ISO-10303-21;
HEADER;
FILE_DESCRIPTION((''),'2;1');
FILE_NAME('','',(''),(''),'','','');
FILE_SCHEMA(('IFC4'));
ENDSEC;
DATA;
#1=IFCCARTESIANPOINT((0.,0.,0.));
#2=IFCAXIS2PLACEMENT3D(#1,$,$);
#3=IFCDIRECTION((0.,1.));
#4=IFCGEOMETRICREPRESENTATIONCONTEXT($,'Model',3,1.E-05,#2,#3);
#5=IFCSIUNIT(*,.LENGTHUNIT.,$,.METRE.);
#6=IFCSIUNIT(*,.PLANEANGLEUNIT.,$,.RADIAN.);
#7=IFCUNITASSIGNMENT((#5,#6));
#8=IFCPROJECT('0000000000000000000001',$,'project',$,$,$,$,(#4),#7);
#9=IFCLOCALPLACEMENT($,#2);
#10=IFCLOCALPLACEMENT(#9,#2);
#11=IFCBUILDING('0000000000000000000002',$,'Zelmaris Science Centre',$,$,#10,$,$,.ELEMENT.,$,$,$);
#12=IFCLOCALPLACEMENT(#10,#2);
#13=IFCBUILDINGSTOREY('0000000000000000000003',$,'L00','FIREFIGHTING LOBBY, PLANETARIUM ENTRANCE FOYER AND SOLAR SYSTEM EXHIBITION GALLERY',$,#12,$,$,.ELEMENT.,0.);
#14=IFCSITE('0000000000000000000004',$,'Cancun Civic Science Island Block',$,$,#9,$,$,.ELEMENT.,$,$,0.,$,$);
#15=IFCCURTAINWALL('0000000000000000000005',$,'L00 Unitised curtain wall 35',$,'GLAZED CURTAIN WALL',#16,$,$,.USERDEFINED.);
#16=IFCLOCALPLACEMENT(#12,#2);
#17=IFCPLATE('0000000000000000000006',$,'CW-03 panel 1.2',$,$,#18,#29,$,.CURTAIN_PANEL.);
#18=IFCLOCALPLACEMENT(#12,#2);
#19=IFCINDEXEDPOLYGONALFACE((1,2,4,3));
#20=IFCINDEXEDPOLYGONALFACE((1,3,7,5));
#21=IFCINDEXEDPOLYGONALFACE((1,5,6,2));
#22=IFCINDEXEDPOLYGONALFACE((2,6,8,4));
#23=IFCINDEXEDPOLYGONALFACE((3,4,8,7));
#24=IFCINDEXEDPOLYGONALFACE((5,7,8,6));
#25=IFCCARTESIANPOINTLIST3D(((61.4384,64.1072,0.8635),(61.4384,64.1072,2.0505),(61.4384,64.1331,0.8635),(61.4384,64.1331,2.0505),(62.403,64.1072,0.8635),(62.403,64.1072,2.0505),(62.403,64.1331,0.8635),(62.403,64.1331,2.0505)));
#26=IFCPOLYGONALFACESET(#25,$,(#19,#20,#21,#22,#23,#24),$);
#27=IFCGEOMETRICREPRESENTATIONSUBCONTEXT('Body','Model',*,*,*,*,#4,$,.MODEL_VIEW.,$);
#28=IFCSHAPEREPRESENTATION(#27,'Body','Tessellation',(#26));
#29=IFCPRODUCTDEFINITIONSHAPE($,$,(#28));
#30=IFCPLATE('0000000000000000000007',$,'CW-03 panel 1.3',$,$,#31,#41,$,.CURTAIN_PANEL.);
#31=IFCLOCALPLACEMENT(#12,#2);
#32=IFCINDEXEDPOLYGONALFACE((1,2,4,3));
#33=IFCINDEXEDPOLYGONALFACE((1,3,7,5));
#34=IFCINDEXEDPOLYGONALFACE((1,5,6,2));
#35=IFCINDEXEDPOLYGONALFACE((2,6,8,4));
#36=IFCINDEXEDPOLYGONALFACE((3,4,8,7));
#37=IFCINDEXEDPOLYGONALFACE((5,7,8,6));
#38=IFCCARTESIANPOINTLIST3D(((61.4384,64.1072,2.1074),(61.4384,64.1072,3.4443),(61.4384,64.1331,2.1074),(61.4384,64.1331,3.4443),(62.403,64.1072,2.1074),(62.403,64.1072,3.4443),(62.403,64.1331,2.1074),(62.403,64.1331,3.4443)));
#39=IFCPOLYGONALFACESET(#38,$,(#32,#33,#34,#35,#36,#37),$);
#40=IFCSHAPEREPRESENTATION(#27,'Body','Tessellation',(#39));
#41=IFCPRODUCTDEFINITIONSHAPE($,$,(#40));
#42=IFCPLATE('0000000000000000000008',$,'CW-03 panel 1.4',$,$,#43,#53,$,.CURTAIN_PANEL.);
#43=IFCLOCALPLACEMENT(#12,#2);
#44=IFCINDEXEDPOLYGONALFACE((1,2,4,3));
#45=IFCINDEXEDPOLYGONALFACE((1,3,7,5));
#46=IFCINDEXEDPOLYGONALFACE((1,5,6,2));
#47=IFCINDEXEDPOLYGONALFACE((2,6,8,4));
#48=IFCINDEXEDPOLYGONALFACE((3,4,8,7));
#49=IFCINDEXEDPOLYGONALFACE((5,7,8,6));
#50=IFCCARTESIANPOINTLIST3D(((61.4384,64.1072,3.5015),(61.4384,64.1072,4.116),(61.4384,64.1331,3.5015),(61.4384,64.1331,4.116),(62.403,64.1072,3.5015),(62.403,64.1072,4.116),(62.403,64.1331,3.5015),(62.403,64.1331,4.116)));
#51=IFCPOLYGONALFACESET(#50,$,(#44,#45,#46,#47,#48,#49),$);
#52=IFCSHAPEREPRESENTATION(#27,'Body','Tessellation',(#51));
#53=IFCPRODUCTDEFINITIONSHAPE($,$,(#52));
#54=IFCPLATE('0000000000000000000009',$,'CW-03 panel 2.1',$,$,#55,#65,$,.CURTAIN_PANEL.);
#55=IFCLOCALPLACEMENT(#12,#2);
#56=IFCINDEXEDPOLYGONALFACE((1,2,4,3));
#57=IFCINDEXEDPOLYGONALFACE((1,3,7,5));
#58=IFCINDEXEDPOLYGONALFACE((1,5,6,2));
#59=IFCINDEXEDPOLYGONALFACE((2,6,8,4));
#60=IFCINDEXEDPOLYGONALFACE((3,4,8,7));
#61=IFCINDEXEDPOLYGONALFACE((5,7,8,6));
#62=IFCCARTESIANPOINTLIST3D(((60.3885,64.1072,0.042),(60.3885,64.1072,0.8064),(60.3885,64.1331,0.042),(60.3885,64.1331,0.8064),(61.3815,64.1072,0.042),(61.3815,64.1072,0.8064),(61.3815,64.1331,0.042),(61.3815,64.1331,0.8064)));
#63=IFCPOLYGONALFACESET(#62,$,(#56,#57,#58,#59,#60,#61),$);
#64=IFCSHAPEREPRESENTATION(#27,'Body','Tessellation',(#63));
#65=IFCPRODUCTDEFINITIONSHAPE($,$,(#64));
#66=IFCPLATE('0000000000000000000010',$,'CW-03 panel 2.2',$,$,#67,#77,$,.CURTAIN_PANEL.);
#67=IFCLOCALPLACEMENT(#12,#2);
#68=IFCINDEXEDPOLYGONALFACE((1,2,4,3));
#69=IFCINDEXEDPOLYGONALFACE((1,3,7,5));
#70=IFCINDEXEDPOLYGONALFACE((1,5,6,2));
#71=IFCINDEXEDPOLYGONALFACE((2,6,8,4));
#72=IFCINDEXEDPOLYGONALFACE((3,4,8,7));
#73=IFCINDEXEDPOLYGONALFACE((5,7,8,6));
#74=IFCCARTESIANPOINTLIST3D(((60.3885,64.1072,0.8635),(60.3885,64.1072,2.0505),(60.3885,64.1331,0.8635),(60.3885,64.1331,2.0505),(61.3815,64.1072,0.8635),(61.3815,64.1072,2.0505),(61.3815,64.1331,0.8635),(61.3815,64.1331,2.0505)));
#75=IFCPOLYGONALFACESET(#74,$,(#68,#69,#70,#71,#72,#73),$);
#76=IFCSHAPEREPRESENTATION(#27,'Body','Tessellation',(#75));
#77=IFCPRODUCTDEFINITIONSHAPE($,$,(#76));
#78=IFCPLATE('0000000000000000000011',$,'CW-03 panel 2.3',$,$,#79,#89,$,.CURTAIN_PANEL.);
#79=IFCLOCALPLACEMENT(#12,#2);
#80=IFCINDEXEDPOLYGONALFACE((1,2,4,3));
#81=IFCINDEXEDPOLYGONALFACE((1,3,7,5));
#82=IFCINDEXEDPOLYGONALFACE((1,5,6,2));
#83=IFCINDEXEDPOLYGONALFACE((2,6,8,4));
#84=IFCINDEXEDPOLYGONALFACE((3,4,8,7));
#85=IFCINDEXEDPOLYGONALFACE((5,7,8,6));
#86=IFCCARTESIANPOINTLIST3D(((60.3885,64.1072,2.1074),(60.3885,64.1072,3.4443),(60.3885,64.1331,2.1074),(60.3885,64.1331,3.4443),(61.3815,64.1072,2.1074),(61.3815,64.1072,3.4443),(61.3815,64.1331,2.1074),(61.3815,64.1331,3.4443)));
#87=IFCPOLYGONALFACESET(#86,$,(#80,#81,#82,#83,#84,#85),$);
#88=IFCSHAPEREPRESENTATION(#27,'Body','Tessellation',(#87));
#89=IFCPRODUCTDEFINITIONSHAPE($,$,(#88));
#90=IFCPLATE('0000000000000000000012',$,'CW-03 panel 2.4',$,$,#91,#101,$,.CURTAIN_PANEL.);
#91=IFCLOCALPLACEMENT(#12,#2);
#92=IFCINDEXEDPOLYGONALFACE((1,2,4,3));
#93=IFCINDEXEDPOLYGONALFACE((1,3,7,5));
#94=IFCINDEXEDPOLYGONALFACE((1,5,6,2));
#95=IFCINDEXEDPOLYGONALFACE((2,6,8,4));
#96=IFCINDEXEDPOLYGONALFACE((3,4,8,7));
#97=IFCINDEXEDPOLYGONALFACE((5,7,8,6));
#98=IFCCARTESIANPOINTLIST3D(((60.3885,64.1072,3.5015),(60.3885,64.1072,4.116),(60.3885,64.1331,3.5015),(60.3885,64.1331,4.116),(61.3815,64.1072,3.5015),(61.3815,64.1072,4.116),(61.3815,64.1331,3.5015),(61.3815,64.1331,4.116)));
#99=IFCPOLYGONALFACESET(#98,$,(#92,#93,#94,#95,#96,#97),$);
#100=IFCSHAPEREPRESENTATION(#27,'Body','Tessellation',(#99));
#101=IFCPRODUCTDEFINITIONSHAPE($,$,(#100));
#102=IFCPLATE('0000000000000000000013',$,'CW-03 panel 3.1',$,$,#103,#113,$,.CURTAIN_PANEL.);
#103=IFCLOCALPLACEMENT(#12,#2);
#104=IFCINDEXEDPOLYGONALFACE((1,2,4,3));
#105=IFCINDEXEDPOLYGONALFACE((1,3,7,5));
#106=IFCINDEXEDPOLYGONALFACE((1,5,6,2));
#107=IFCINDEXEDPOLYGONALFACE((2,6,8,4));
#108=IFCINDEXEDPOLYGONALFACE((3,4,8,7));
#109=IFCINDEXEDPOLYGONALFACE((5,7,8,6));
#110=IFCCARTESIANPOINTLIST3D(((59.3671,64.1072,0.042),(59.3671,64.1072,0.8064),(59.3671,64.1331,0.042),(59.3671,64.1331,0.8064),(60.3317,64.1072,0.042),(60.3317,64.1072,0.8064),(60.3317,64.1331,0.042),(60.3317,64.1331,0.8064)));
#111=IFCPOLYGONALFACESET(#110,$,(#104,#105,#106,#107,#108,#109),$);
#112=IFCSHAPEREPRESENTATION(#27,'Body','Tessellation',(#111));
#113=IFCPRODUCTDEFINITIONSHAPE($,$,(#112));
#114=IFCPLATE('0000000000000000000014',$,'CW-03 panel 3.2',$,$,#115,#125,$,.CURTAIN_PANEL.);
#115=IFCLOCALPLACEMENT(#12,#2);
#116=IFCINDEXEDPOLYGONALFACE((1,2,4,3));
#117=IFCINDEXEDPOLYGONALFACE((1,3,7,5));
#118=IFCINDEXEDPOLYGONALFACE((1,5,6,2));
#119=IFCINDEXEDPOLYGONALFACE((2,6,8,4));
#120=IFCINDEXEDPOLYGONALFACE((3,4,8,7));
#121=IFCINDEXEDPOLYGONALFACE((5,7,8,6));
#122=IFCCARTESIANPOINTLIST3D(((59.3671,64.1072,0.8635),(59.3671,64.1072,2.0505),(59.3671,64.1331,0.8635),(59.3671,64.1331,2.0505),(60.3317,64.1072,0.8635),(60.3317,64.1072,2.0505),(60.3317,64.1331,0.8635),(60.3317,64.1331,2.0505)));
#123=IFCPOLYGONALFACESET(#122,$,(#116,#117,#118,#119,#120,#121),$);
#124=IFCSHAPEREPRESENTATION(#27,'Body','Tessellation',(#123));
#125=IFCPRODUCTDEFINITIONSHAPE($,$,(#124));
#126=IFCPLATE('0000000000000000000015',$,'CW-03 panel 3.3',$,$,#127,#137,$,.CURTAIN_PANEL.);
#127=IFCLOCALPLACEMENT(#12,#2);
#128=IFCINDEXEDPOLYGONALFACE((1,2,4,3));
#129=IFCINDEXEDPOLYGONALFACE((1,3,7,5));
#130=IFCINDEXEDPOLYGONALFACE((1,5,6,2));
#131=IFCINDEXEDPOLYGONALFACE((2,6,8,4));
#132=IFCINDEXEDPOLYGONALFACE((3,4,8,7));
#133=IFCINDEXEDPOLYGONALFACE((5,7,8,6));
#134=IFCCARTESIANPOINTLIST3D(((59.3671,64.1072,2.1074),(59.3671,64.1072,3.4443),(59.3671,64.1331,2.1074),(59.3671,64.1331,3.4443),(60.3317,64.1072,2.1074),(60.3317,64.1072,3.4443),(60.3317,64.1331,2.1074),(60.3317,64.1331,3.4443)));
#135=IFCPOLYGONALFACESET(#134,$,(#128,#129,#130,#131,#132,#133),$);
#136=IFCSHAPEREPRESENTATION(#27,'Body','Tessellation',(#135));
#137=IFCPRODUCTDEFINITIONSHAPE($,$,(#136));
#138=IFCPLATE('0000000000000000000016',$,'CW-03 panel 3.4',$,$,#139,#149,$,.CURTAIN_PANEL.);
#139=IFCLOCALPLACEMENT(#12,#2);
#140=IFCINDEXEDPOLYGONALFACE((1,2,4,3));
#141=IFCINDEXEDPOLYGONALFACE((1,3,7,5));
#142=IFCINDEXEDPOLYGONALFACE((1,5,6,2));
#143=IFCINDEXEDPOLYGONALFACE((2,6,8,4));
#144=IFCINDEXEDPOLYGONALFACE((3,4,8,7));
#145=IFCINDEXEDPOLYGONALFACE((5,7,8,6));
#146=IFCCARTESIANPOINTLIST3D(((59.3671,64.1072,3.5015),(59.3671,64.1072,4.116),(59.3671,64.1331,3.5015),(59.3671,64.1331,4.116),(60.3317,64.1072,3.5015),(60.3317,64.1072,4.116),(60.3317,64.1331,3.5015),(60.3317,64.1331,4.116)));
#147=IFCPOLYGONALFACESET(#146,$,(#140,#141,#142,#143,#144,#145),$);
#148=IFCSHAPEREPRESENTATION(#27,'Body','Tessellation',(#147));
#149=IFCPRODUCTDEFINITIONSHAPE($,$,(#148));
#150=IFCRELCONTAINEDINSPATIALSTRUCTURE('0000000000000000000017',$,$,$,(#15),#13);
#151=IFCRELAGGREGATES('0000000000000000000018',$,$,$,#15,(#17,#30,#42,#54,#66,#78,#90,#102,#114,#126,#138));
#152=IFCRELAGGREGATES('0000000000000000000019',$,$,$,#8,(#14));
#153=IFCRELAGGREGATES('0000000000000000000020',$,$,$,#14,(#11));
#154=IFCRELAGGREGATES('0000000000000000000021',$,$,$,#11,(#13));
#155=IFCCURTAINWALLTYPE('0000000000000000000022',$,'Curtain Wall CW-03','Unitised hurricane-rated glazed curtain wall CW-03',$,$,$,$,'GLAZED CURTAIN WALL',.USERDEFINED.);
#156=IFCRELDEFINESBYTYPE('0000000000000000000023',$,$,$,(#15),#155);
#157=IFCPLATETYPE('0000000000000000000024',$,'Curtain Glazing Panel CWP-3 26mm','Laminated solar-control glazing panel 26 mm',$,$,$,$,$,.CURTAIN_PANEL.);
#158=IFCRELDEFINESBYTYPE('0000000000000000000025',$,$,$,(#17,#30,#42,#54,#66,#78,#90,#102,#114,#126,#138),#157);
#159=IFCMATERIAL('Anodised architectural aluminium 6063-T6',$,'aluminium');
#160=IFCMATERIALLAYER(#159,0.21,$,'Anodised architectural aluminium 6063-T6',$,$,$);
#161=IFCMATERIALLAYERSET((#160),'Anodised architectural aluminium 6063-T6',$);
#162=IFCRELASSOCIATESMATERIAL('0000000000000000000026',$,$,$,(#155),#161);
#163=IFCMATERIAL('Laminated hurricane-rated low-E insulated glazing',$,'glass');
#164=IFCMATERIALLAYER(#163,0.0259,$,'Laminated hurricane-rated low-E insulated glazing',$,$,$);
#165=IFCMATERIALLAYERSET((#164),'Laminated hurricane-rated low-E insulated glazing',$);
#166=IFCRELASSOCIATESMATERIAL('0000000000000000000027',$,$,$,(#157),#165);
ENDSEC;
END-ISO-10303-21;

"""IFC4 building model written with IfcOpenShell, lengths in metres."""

from ifc_helpers import new_model, si_unit, direction, frame, origin, origin_2d, place, context, subcontext, project, spatial, rectangle, extrude, material, layer, layer_set, type_object, element, aggregate, save


model = new_model("IFC4")

# Units and contexts
model_context = context("Model", 3, precision=1e-05, world=origin(), true_north=direction((0.0, 1.0)))
body_context = subcontext(model_context, "Body", "Model", "MODEL_VIEW")
ifc_project = project(units=[si_unit("LENGTHUNIT", "METRE"), si_unit("PLANEANGLEUNIT", "RADIAN")], contexts=[model_context])

# Site, building, storey
site_placement = place(None, origin())
site = spatial("IfcSite", under=ifc_project, at=site_placement, Name="Cancun Civic Science Island Block", CompositionType="ELEMENT", RefElevation=0.0)
building_placement = place(site_placement, origin())
building = spatial("IfcBuilding", under=site, at=building_placement, Name="Zelmaris Science Centre", CompositionType="ELEMENT")
storey_placement = place(building_placement, origin())
storey = spatial("IfcBuildingStorey", under=building, at=storey_placement, Name="L00", Description="FIREFIGHTING LOBBY, PLANETARIUM ENTRANCE FOYER AND SOLAR SYSTEM EXHIBITION GALLERY", CompositionType="ELEMENT", Elevation=0.0)

# Curtain wall
ifc_material_1 = material(Name="Anodised architectural aluminium 6063-T6", Category="aluminium")
ifc_layer_1 = layer(ifc_material_1, 0.21, Name="Anodised architectural aluminium 6063-T6")
ifc_layer_set_1 = layer_set([ifc_layer_1], Name="Anodised architectural aluminium 6063-T6")
curtain_wall_type_1 = type_object("IfcCurtainWallType", Name="Curtain Wall CW-03", Description="Unitised hurricane-rated glazed curtain wall CW-03", ElementType="GLAZED CURTAIN WALL", PredefinedType="USERDEFINED", material=ifc_layer_set_1)
curtain_wall_1_placement = place(storey_placement, origin())
curtain_wall_1 = element("IfcCurtainWall", 1, at=curtain_wall_1_placement, inside=storey, type_object=curtain_wall_type_1, Name="L00 Unitised curtain wall 35", ObjectType="GLAZED CURTAIN WALL", PredefinedType="USERDEFINED")

# Plates
ifc_material_2 = material(Name="Laminated hurricane-rated low-E insulated glazing", Category="glass")
ifc_layer_2 = layer(ifc_material_2, 0.0259, Name="Laminated hurricane-rated low-E insulated glazing")
ifc_layer_set_2 = layer_set([ifc_layer_2], Name="Laminated hurricane-rated low-E insulated glazing")
plate_type_1 = type_object("IfcPlateType", Name="Curtain Glazing Panel CWP-3 26mm", Description="Laminated solar-control glazing panel 26 mm", PredefinedType="CURTAIN_PANEL", material=ifc_layer_set_2)
plate_1_placement = place(storey_placement, frame((61.9207, 64.1201, 0.8635), z_axis=(0.0, 0.0, 1.0), x_axis=(-1.0, 0.0, 0.0)))
plate_1 = element("IfcPlate", 2, at=plate_1_placement, type_object=plate_type_1, Name="CW-03 panel 1.2", PredefinedType="CURTAIN_PANEL", context=body_context, shape_type="SweptSolid", body=[
    extrude(rectangle(XDim=0.9646, YDim=0.0259, at=origin_2d()), origin(), (0.0, 0.0, 1.0), 1.187),
])
plate_2_placement = place(storey_placement, frame((61.9207, 64.1201, 2.1074), z_axis=(0.0, 0.0, 1.0), x_axis=(-1.0, 0.0, 0.0)))
plate_2 = element("IfcPlate", 3, at=plate_2_placement, type_object=plate_type_1, Name="CW-03 panel 1.3", PredefinedType="CURTAIN_PANEL", context=body_context, shape_type="SweptSolid", body=[
    extrude(rectangle(XDim=0.9646, YDim=0.0259, at=origin_2d()), origin(), (0.0, 0.0, 1.0), 1.3369),
])
plate_3_placement = place(storey_placement, frame((61.9207, 64.1201, 3.5015), z_axis=(0.0, 0.0, 1.0), x_axis=(-1.0, 0.0, 0.0)))
plate_3 = element("IfcPlate", 4, at=plate_3_placement, type_object=plate_type_1, Name="CW-03 panel 1.4", PredefinedType="CURTAIN_PANEL", context=body_context, shape_type="SweptSolid", body=[
    extrude(rectangle(XDim=0.9646, YDim=0.0259, at=origin_2d()), origin(), (0.0, 0.0, 1.0), 0.6145),
])
plate_4_placement = place(storey_placement, frame((60.885, 64.1201, 0.042), z_axis=(0.0, 0.0, 1.0), x_axis=(-1.0, 0.0, 0.0)))
plate_4 = element("IfcPlate", 5, at=plate_4_placement, type_object=plate_type_1, Name="CW-03 panel 2.1", PredefinedType="CURTAIN_PANEL", context=body_context, shape_type="SweptSolid", body=[
    extrude(rectangle(XDim=0.9929, YDim=0.0259, at=origin_2d()), origin(), (0.0, 0.0, 1.0), 0.7644),
])
plate_5_placement = place(storey_placement, frame((60.885, 64.1201, 0.8635), z_axis=(0.0, 0.0, 1.0), x_axis=(-1.0, 0.0, 0.0)))
plate_5 = element("IfcPlate", 6, at=plate_5_placement, type_object=plate_type_1, Name="CW-03 panel 2.2", PredefinedType="CURTAIN_PANEL", context=body_context, shape_type="SweptSolid", body=[
    extrude(rectangle(XDim=0.9929, YDim=0.0259, at=origin_2d()), origin(), (0.0, 0.0, 1.0), 1.187),
])
plate_6_placement = place(storey_placement, frame((60.885, 64.1201, 2.1074), z_axis=(0.0, 0.0, 1.0), x_axis=(-1.0, 0.0, 0.0)))
plate_6 = element("IfcPlate", 7, at=plate_6_placement, type_object=plate_type_1, Name="CW-03 panel 2.3", PredefinedType="CURTAIN_PANEL", context=body_context, shape_type="SweptSolid", body=[
    extrude(rectangle(XDim=0.9929, YDim=0.0259, at=origin_2d()), origin(), (0.0, 0.0, 1.0), 1.3369),
])
plate_7_placement = place(storey_placement, frame((60.885, 64.1201, 3.5015), z_axis=(0.0, 0.0, 1.0), x_axis=(-1.0, 0.0, 0.0)))
plate_7 = element("IfcPlate", 8, at=plate_7_placement, type_object=plate_type_1, Name="CW-03 panel 2.4", PredefinedType="CURTAIN_PANEL", context=body_context, shape_type="SweptSolid", body=[
    extrude(rectangle(XDim=0.9929, YDim=0.0259, at=origin_2d()), origin(), (0.0, 0.0, 1.0), 0.6145),
])
plate_8_placement = place(storey_placement, frame((59.8494, 64.1201, 0.042), z_axis=(0.0, 0.0, 1.0), x_axis=(-1.0, 0.0, 0.0)))
plate_8 = element("IfcPlate", 9, at=plate_8_placement, type_object=plate_type_1, Name="CW-03 panel 3.1", PredefinedType="CURTAIN_PANEL", context=body_context, shape_type="SweptSolid", body=[
    extrude(rectangle(XDim=0.9646, YDim=0.0259, at=origin_2d()), origin(), (0.0, 0.0, 1.0), 0.7644),
])
plate_9_placement = place(storey_placement, frame((59.8494, 64.1201, 0.8635), z_axis=(0.0, 0.0, 1.0), x_axis=(-1.0, 0.0, 0.0)))
plate_9 = element("IfcPlate", 10, at=plate_9_placement, type_object=plate_type_1, Name="CW-03 panel 3.2", PredefinedType="CURTAIN_PANEL", context=body_context, shape_type="SweptSolid", body=[
    extrude(rectangle(XDim=0.9646, YDim=0.0259, at=origin_2d()), origin(), (0.0, 0.0, 1.0), 1.187),
])
plate_10_placement = place(storey_placement, frame((59.8494, 64.1201, 2.1074), z_axis=(0.0, 0.0, 1.0), x_axis=(-1.0, 0.0, 0.0)))
plate_10 = element("IfcPlate", 11, at=plate_10_placement, type_object=plate_type_1, Name="CW-03 panel 3.3", PredefinedType="CURTAIN_PANEL", context=body_context, shape_type="SweptSolid", body=[
    extrude(rectangle(XDim=0.9646, YDim=0.0259, at=origin_2d()), origin(), (0.0, 0.0, 1.0), 1.3369),
])
plate_11_placement = place(storey_placement, frame((59.8494, 64.1201, 3.5015), z_axis=(0.0, 0.0, 1.0), x_axis=(-1.0, 0.0, 0.0)))
plate_11 = element("IfcPlate", 12, at=plate_11_placement, type_object=plate_type_1, Name="CW-03 panel 3.4", PredefinedType="CURTAIN_PANEL", context=body_context, shape_type="SweptSolid", body=[
    extrude(rectangle(XDim=0.9646, YDim=0.0259, at=origin_2d()), origin(), (0.0, 0.0, 1.0), 0.6145),
])
aggregate(curtain_wall_1, [plate_1, plate_2, plate_3, plate_4, plate_5, plate_6, plate_7, plate_8, plate_9, plate_10, plate_11])

save(model, "model.ifc")
